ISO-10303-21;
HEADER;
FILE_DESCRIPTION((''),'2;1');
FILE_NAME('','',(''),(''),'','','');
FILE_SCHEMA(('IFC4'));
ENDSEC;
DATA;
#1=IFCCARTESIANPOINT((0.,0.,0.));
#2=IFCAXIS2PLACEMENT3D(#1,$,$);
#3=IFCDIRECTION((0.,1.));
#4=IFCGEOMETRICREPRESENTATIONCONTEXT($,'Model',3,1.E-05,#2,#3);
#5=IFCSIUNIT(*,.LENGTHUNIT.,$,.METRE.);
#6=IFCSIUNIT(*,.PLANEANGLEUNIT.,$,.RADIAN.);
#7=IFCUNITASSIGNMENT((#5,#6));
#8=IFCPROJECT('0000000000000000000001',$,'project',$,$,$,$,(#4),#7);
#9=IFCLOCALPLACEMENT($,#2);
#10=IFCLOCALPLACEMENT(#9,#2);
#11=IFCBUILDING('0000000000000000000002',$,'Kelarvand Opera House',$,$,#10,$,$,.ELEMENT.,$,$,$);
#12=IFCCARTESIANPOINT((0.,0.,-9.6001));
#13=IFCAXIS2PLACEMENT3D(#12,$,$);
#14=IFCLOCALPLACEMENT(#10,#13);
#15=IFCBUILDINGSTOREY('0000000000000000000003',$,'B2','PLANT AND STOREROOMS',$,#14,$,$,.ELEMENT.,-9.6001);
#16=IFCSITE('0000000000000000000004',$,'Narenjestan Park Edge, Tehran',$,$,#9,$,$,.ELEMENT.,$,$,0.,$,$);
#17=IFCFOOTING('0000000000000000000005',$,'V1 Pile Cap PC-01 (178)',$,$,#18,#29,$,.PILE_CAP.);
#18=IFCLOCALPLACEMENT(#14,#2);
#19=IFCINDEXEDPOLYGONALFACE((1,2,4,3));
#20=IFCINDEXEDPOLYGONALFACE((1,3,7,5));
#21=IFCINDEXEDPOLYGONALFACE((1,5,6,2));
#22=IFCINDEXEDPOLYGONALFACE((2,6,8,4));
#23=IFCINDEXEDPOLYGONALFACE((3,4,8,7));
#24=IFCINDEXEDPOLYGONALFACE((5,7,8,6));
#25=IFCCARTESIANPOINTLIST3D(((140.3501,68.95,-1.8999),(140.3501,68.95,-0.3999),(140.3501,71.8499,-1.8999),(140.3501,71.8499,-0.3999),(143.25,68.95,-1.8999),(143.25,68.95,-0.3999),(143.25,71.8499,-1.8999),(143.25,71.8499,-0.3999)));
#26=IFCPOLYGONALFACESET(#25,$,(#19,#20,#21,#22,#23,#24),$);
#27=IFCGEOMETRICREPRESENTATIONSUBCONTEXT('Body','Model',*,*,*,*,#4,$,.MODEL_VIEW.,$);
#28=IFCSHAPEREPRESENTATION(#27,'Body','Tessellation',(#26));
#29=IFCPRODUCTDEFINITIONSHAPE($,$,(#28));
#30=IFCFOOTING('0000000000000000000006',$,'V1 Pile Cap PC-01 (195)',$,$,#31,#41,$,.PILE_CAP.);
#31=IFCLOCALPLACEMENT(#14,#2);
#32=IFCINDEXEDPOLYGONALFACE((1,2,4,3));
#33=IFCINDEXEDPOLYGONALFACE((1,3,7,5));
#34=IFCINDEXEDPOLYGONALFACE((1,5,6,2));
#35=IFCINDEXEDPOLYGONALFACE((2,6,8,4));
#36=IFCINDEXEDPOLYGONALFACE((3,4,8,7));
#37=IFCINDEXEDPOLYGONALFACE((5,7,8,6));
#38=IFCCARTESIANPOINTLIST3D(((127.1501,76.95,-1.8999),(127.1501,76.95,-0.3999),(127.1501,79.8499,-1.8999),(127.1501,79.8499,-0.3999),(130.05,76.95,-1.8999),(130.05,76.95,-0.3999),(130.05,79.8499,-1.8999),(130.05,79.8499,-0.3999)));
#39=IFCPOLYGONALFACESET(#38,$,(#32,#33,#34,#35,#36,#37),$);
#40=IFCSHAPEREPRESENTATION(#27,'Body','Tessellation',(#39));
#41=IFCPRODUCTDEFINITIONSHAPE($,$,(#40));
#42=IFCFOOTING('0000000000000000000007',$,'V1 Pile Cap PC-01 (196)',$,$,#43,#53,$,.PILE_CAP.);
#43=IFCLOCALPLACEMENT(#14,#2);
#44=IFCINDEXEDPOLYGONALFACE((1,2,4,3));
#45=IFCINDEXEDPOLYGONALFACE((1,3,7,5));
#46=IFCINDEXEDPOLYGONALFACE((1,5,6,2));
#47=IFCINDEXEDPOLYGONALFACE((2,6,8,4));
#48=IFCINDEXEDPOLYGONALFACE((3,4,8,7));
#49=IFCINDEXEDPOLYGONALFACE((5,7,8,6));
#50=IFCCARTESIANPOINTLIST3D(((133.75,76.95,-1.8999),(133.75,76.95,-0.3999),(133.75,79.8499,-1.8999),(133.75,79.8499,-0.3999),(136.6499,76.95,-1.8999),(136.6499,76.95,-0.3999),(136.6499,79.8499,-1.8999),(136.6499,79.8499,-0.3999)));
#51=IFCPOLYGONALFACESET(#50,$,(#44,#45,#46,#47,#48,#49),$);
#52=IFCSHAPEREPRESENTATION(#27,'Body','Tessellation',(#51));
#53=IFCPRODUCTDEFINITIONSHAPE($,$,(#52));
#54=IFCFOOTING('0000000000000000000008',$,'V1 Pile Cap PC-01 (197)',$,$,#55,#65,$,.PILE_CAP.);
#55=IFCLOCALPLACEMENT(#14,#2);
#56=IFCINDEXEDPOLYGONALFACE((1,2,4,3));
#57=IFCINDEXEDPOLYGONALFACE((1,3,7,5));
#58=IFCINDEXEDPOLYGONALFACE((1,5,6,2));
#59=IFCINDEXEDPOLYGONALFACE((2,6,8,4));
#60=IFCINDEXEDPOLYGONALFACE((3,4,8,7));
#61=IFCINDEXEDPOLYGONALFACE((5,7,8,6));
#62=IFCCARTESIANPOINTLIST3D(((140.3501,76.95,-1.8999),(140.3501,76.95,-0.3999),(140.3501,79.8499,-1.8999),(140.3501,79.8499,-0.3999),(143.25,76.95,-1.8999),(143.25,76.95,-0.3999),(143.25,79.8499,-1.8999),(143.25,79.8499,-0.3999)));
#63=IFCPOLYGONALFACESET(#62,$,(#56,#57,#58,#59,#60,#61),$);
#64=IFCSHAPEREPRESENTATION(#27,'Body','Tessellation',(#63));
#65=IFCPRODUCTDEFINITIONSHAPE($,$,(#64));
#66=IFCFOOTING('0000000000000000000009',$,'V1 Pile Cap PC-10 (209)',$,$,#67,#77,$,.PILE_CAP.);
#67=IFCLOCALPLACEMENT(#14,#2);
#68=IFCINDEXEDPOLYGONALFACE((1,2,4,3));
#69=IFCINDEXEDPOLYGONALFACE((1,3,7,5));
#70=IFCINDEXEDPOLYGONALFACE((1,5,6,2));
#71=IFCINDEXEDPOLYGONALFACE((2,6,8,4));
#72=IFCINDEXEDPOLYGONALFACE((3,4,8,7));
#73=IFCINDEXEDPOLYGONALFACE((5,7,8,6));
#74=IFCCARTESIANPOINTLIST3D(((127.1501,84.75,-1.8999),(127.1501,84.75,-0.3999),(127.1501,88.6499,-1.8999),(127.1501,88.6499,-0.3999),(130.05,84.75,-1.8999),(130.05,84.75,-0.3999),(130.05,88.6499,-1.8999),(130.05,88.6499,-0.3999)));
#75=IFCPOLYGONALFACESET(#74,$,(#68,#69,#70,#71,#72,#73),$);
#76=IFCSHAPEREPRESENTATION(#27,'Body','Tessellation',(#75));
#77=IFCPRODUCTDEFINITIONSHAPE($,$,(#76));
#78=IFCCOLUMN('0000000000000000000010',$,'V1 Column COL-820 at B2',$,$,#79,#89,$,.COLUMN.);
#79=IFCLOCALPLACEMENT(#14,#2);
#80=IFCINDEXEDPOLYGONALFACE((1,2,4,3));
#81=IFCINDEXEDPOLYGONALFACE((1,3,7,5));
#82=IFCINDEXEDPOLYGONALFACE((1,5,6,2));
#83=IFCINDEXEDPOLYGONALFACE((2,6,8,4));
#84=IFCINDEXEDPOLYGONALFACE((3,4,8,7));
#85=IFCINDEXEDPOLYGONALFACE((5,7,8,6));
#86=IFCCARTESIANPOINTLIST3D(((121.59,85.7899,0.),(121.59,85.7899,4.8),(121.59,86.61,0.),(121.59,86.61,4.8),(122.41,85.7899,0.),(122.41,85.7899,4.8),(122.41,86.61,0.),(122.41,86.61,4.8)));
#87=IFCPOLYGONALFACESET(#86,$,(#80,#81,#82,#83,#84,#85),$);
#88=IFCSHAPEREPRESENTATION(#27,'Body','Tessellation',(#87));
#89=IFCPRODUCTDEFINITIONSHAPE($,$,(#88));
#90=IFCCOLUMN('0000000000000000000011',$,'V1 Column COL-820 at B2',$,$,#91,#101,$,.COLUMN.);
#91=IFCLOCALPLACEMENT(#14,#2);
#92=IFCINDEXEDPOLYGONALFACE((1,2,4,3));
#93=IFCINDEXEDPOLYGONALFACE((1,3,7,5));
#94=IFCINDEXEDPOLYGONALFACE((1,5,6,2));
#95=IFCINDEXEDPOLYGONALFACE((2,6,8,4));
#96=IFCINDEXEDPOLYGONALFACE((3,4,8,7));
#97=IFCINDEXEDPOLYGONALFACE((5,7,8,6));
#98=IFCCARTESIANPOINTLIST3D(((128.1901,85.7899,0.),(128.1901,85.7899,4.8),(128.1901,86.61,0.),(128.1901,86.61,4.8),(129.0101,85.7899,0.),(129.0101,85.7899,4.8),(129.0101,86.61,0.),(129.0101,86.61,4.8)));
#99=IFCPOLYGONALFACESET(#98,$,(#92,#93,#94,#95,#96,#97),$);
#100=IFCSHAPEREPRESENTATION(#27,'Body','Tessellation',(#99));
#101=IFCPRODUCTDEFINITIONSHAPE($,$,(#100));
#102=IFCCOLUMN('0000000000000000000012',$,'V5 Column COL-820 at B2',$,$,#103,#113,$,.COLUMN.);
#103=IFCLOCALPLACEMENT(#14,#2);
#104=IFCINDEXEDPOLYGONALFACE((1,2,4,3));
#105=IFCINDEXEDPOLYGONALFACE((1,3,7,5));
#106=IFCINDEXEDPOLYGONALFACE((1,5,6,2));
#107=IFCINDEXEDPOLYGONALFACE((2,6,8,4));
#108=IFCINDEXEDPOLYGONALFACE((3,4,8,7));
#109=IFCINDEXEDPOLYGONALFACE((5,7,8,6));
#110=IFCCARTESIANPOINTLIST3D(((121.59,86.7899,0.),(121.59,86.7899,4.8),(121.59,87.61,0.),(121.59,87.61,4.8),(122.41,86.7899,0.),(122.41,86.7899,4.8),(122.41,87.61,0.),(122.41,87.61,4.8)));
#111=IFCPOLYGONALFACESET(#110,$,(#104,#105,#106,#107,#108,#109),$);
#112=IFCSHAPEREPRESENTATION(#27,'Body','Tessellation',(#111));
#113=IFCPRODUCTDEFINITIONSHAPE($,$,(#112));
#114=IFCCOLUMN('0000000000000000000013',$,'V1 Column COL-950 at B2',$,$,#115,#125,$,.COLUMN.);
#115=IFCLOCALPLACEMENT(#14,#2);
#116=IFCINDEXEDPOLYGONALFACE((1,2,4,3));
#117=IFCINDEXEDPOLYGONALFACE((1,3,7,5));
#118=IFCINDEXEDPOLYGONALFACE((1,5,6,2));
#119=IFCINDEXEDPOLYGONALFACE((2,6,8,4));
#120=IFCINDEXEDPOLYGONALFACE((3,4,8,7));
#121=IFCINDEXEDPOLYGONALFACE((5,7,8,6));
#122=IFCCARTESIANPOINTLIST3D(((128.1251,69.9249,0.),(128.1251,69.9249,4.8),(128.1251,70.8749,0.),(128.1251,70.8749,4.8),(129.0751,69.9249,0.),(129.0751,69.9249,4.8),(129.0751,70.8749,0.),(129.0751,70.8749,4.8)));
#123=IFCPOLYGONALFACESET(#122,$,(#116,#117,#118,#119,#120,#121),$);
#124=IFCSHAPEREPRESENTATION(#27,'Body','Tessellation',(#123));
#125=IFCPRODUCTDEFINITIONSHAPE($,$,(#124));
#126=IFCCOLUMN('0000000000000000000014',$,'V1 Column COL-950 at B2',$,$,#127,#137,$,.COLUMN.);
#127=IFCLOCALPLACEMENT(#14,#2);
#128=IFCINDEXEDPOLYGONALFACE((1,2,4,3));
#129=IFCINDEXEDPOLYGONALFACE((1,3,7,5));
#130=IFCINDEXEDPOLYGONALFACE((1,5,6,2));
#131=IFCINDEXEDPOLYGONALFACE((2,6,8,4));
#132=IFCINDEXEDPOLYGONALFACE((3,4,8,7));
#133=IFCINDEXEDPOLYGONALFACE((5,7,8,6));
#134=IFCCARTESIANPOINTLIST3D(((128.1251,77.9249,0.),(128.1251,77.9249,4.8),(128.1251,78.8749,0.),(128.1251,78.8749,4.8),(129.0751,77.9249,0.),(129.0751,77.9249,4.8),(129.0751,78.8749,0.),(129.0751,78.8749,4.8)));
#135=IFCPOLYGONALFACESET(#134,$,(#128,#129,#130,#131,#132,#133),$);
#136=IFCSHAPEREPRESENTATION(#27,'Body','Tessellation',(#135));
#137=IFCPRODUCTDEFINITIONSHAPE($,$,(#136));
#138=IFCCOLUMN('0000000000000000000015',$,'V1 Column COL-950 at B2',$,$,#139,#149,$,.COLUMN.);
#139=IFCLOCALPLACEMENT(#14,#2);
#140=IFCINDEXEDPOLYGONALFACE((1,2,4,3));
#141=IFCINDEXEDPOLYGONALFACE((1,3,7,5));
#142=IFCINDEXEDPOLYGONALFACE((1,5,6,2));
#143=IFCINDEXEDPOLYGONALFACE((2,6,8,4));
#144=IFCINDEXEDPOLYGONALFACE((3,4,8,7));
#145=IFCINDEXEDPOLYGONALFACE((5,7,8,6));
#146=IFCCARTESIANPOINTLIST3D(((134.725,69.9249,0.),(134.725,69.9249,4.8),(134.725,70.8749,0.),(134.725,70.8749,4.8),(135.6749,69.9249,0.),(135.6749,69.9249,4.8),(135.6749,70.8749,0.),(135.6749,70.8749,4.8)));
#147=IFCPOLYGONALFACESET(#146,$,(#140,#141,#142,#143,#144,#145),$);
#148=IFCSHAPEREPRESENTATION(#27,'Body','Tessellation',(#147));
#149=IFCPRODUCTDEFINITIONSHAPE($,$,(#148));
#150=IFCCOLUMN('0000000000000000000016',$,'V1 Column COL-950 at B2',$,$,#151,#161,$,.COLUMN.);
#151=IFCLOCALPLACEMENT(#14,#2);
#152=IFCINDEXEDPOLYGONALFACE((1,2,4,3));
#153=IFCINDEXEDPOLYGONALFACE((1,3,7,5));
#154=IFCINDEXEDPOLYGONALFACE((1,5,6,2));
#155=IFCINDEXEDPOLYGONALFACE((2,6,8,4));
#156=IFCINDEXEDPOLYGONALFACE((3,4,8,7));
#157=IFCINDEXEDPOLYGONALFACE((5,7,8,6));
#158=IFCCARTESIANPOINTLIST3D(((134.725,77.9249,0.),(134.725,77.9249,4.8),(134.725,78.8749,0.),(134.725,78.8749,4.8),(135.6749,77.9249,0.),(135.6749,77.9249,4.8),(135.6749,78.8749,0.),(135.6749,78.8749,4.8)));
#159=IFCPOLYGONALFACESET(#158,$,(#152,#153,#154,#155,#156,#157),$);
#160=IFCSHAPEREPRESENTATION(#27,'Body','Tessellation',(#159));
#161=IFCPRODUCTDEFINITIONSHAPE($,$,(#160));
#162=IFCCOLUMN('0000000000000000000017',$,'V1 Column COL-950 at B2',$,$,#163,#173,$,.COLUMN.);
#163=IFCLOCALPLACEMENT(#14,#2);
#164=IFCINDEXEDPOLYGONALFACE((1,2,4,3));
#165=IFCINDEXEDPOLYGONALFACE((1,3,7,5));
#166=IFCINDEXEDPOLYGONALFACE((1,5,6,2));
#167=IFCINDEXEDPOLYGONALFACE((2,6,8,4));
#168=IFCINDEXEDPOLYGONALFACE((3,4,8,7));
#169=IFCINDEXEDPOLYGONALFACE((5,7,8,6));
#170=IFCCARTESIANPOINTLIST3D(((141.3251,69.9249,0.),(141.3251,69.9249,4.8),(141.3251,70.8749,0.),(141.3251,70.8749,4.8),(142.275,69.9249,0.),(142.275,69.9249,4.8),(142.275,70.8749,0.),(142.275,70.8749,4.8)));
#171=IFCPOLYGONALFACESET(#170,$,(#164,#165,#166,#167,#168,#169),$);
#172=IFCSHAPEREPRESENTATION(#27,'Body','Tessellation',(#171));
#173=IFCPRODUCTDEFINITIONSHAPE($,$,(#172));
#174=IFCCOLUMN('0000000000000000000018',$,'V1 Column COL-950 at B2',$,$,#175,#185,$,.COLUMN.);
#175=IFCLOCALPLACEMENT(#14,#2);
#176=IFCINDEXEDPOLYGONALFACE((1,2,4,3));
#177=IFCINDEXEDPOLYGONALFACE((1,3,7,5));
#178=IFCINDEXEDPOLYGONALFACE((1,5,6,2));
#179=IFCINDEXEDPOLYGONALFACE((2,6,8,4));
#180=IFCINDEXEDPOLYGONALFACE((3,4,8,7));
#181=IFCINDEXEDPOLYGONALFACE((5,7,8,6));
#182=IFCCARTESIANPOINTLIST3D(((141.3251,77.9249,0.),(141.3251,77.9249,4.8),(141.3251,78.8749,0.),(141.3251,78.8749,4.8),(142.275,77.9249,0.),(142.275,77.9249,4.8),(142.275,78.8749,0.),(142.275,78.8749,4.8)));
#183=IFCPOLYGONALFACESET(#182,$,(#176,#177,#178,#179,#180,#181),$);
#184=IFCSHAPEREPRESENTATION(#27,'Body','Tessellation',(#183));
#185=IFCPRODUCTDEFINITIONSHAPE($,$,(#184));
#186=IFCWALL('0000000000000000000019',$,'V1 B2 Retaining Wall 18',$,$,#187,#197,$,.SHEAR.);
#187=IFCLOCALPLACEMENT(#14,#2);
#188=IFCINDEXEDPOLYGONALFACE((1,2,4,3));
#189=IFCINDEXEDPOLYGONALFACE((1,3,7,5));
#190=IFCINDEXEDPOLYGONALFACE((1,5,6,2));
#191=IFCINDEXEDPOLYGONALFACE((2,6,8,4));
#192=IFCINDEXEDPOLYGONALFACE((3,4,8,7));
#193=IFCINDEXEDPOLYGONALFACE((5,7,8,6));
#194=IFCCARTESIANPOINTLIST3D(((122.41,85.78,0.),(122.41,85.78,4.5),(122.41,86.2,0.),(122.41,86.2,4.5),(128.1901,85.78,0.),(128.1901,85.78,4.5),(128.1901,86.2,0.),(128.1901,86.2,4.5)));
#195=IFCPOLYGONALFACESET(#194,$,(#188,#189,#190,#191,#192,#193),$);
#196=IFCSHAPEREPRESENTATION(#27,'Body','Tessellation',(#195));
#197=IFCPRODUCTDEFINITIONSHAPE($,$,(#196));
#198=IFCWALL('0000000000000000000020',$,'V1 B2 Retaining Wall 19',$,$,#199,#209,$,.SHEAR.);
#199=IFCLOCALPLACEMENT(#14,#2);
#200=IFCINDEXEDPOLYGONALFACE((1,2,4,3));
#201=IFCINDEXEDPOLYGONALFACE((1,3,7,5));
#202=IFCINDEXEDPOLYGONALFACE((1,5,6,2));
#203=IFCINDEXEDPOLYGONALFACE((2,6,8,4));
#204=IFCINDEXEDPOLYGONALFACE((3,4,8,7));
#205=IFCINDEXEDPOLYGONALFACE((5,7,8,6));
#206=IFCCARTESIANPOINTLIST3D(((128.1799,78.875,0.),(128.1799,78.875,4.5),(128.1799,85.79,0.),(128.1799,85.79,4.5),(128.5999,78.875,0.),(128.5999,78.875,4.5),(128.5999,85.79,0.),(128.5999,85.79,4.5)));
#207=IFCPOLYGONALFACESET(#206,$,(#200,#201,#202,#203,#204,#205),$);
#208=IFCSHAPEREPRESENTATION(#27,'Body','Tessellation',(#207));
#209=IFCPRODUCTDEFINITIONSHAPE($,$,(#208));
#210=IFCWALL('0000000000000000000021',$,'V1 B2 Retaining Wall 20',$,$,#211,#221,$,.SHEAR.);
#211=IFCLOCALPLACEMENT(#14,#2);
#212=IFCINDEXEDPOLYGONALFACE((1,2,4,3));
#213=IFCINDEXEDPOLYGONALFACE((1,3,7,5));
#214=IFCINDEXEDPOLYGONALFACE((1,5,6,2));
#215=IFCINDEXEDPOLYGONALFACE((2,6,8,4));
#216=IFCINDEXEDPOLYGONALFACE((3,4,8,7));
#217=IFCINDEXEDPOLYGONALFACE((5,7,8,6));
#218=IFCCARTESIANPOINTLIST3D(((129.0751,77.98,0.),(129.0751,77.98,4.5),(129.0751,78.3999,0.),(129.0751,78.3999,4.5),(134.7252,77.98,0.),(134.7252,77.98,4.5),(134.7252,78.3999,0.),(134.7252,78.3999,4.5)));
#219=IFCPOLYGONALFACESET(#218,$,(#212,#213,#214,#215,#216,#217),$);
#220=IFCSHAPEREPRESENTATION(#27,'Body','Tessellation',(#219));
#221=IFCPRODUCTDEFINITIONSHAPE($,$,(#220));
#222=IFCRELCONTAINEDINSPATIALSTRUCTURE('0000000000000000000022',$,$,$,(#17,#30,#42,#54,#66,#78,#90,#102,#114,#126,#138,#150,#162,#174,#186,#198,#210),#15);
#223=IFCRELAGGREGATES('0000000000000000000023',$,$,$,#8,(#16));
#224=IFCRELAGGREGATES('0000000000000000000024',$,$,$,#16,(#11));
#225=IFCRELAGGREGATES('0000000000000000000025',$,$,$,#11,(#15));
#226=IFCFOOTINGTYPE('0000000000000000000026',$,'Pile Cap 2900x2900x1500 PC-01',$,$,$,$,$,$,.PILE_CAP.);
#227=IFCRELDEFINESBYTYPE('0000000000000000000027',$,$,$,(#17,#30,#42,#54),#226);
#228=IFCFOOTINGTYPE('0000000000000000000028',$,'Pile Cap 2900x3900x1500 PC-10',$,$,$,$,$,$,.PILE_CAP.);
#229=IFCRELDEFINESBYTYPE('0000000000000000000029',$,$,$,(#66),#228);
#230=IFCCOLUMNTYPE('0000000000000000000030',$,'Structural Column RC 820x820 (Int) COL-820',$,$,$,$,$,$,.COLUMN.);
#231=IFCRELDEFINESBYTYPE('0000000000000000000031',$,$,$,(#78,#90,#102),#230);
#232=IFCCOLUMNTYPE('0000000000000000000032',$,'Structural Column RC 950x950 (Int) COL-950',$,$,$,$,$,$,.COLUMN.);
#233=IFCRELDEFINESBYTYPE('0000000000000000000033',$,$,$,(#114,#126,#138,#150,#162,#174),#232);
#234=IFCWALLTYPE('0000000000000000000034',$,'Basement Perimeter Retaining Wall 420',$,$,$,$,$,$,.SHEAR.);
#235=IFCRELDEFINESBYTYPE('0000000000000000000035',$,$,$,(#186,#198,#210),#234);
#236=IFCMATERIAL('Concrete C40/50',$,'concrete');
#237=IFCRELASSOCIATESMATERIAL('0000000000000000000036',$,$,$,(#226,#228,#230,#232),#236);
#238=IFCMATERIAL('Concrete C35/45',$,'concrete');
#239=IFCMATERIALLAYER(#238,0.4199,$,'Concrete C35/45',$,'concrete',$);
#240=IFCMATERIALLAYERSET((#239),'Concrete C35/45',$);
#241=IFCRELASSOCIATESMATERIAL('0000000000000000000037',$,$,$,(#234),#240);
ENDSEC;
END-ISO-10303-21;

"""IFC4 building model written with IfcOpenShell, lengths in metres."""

from ifc_helpers import new_model, si_unit, direction, frame, frame_2d, origin, origin_2d, place, context, subcontext, project, spatial, rectangle, extrude, material, layer, layer_set, material_profile, profile_set, type_object, element, save


model = new_model("IFC4")

# Units and contexts
model_context = context("Model", 3, precision=1e-05, world=origin(), true_north=direction((0.0, 1.0)))
body_context = subcontext(model_context, "Body", "Model", "MODEL_VIEW")
ifc_project = project(units=[si_unit("LENGTHUNIT", "METRE"), si_unit("PLANEANGLEUNIT", "RADIAN")], contexts=[model_context])

# Site, building, storey
site_placement = place(None, origin())
site = spatial("IfcSite", under=ifc_project, at=site_placement, Name="Narenjestan Park Edge, Tehran", CompositionType="ELEMENT", RefElevation=0.0)
building_placement = place(site_placement, origin())
building = spatial("IfcBuilding", under=site, at=building_placement, Name="Kelarvand Opera House", CompositionType="ELEMENT")
storey_placement = place(building_placement, frame((0.0, 0.0, -9.6001)))
storey = spatial("IfcBuildingStorey", under=building, at=storey_placement, Name="B2", Description="PLANT AND STOREROOMS", CompositionType="ELEMENT", Elevation=-9.6001)

# Shared definitions
ifc_material_1 = material(Name="Concrete C40/50", Category="concrete")

# Footings
footing_type_1 = type_object("IfcFootingType", Name="Pile Cap 2900x2900x1500 PC-01", PredefinedType="PILE_CAP", material=ifc_material_1)
for number, where, z_axis, x_axis, name in (
    (1, (141.8, 70.3999, -1.8999), (0.0, 0.0, 1.0), (1.0, 0.0, 0.0), "V1 Pile Cap PC-01 (178)"),
    (2, (128.6001, 78.3999, -1.8999), (0.0, 0.0, 1.0), (1.0, 0.0, 0.0), "V1 Pile Cap PC-01 (195)"),
    (3, (135.2, 78.3999, -1.8999), (0.0, 0.0, 1.0), (1.0, 0.0, 0.0), "V1 Pile Cap PC-01 (196)"),
    (4, (141.8, 78.3999, -1.8999), (0.0, 0.0, 1.0), (1.0, 0.0, 0.0), "V1 Pile Cap PC-01 (197)"),
):
    element("IfcFooting", number, at=place(storey_placement, frame(where, z_axis=z_axis, x_axis=x_axis)), inside=storey, type_object=footing_type_1, Name=name, PredefinedType="PILE_CAP", context=body_context, shape_type="SweptSolid", body=[
        extrude(rectangle(XDim=2.8999, YDim=2.8999, at=origin_2d()), origin(), (0.0, 0.0, 1.0), 1.5),
    ])
footing_type_2 = type_object("IfcFootingType", Name="Pile Cap 2900x3900x1500 PC-10", PredefinedType="PILE_CAP", material=ifc_material_1)
footing_placement = place(storey_placement, frame((128.6001, 86.7, -1.8999), z_axis=(0.0, 0.0, 1.0), x_axis=(1.0, 0.0, 0.0)))
element("IfcFooting", 5, at=footing_placement, inside=storey, type_object=footing_type_2, Name="V1 Pile Cap PC-10 (209)", PredefinedType="PILE_CAP", context=body_context, shape_type="SweptSolid", body=[
    extrude(rectangle(XDim=2.8999, YDim=3.8999, at=origin_2d()), origin(), (0.0, 0.0, 1.0), 1.5),
])

# Columns
ifc_material_profile_1 = material_profile(ifc_material_1, rectangle(XDim=0.8201, YDim=0.8201, at=origin_2d()), Name="RC 820x820", Category="concrete")
ifc_profile_set_1 = profile_set([ifc_material_profile_1], Name="Concrete C40/50")
column_type_1 = type_object("IfcColumnType", Name="Structural Column RC 820x820 (Int) COL-820", PredefinedType="COLUMN", material=ifc_profile_set_1)
for number, where, z_axis, x_axis, name in (
    (6, (122.0, 86.2, 0.0), (0.0, 0.0, 1.0), (1.0, 0.0, 0.0), "V1 Column COL-820 at B2"),
    (7, (128.6001, 86.2, 0.0), (0.0, 0.0, 1.0), (1.0, 0.0, 0.0), "V1 Column COL-820 at B2"),
    (8, (122.0, 87.2, 0.0), (0.0, 0.0, 1.0), (1.0, 0.0, 0.0), "V5 Column COL-820 at B2"),
):
    element("IfcColumn", number, at=place(storey_placement, frame(where, z_axis=z_axis, x_axis=x_axis)), inside=storey, type_object=column_type_1, Name=name, PredefinedType="COLUMN", context=body_context, shape_type="SweptSolid", body=[
        extrude(rectangle(XDim=0.8201, YDim=0.8201, at=origin_2d()), origin(), (0.0, 0.0, 1.0), 4.8),
    ])
ifc_material_profile_2 = material_profile(ifc_material_1, rectangle(XDim=0.95, YDim=0.95, at=origin_2d()), Name="RC 950x950", Category="concrete")
ifc_profile_set_2 = profile_set([ifc_material_profile_2], Name="Concrete C40/50")
column_type_2 = type_object("IfcColumnType", Name="Structural Column RC 950x950 (Int) COL-950", PredefinedType="COLUMN", material=ifc_profile_set_2)
for number, where, z_axis, x_axis, name in (
    (9, (128.6001, 70.3999, 0.0), (0.0, 0.0, 1.0), (1.0, 0.0, 0.0), "V1 Column COL-950 at B2"),
    (10, (128.6001, 78.3999, 0.0), (0.0, 0.0, 1.0), (1.0, 0.0, 0.0), "V1 Column COL-950 at B2"),
    (11, (135.2, 70.3999, 0.0), (0.0, 0.0, 1.0), (1.0, 0.0, 0.0), "V1 Column COL-950 at B2"),
    (12, (135.2, 78.3999, 0.0), (0.0, 0.0, 1.0), (1.0, 0.0, 0.0), "V1 Column COL-950 at B2"),
    (13, (141.8, 70.3999, 0.0), (0.0, 0.0, 1.0), (1.0, 0.0, 0.0), "V1 Column COL-950 at B2"),
    (14, (141.8, 78.3999, 0.0), (0.0, 0.0, 1.0), (1.0, 0.0, 0.0), "V1 Column COL-950 at B2"),
):
    element("IfcColumn", number, at=place(storey_placement, frame(where, z_axis=z_axis, x_axis=x_axis)), inside=storey, type_object=column_type_2, Name=name, PredefinedType="COLUMN", context=body_context, shape_type="SweptSolid", body=[
        extrude(rectangle(XDim=0.95, YDim=0.95, at=origin_2d()), origin(), (0.0, 0.0, 1.0), 4.8),
    ])

# Walls
ifc_material_2 = material(Name="Concrete C35/45", Category="concrete")
ifc_layer = layer(ifc_material_2, 0.4199, Name="Concrete C35/45", Category="concrete")
ifc_layer_set = layer_set([ifc_layer], Name="Concrete C35/45")
wall_type = type_object("IfcWallType", Name="Basement Perimeter Retaining Wall 420", PredefinedType="SHEAR", material=ifc_layer_set)
wall_1_placement = place(storey_placement, frame((122.4099, 85.99, 0.0), z_axis=(0.0, 0.0, 1.0), x_axis=(1.0, 0.0, 0.0)))
element("IfcWall", 15, at=wall_1_placement, inside=storey, type_object=wall_type, Name="V1 B2 Retaining Wall 18", PredefinedType="SHEAR", context=body_context, shape_type="SweptSolid", body=[
    extrude(rectangle(XDim=5.78, YDim=0.4199, at=frame_2d((2.8901, 0.0))), origin(), (0.0, 0.0, 1.0), 4.5),
])
wall_2_placement = place(storey_placement, frame((128.3899, 85.79, 0.0), z_axis=(0.0, 0.0, 1.0), x_axis=(0.0, -1.0, 0.0)))
element("IfcWall", 16, at=wall_2_placement, inside=storey, type_object=wall_type, Name="V1 B2 Retaining Wall 19", PredefinedType="SHEAR", context=body_context, shape_type="SweptSolid", body=[
    extrude(rectangle(XDim=6.915, YDim=0.4199, at=frame_2d((3.4575, 0.0))), origin(), (0.0, 0.0, 1.0), 4.5),
])
wall_3_placement = place(storey_placement, frame((129.075, 78.1899, 0.0), z_axis=(0.0, 0.0, 1.0), x_axis=(1.0, 0.0, 0.0)))
element("IfcWall", 17, at=wall_3_placement, inside=storey, type_object=wall_type, Name="V1 B2 Retaining Wall 20", PredefinedType="SHEAR", context=body_context, shape_type="SweptSolid", body=[
    extrude(rectangle(XDim=5.6501, YDim=0.4199, at=frame_2d((2.8252, 0.0))), origin(), (0.0, 0.0, 1.0), 4.5),
])

save(model, "model.ifc")
